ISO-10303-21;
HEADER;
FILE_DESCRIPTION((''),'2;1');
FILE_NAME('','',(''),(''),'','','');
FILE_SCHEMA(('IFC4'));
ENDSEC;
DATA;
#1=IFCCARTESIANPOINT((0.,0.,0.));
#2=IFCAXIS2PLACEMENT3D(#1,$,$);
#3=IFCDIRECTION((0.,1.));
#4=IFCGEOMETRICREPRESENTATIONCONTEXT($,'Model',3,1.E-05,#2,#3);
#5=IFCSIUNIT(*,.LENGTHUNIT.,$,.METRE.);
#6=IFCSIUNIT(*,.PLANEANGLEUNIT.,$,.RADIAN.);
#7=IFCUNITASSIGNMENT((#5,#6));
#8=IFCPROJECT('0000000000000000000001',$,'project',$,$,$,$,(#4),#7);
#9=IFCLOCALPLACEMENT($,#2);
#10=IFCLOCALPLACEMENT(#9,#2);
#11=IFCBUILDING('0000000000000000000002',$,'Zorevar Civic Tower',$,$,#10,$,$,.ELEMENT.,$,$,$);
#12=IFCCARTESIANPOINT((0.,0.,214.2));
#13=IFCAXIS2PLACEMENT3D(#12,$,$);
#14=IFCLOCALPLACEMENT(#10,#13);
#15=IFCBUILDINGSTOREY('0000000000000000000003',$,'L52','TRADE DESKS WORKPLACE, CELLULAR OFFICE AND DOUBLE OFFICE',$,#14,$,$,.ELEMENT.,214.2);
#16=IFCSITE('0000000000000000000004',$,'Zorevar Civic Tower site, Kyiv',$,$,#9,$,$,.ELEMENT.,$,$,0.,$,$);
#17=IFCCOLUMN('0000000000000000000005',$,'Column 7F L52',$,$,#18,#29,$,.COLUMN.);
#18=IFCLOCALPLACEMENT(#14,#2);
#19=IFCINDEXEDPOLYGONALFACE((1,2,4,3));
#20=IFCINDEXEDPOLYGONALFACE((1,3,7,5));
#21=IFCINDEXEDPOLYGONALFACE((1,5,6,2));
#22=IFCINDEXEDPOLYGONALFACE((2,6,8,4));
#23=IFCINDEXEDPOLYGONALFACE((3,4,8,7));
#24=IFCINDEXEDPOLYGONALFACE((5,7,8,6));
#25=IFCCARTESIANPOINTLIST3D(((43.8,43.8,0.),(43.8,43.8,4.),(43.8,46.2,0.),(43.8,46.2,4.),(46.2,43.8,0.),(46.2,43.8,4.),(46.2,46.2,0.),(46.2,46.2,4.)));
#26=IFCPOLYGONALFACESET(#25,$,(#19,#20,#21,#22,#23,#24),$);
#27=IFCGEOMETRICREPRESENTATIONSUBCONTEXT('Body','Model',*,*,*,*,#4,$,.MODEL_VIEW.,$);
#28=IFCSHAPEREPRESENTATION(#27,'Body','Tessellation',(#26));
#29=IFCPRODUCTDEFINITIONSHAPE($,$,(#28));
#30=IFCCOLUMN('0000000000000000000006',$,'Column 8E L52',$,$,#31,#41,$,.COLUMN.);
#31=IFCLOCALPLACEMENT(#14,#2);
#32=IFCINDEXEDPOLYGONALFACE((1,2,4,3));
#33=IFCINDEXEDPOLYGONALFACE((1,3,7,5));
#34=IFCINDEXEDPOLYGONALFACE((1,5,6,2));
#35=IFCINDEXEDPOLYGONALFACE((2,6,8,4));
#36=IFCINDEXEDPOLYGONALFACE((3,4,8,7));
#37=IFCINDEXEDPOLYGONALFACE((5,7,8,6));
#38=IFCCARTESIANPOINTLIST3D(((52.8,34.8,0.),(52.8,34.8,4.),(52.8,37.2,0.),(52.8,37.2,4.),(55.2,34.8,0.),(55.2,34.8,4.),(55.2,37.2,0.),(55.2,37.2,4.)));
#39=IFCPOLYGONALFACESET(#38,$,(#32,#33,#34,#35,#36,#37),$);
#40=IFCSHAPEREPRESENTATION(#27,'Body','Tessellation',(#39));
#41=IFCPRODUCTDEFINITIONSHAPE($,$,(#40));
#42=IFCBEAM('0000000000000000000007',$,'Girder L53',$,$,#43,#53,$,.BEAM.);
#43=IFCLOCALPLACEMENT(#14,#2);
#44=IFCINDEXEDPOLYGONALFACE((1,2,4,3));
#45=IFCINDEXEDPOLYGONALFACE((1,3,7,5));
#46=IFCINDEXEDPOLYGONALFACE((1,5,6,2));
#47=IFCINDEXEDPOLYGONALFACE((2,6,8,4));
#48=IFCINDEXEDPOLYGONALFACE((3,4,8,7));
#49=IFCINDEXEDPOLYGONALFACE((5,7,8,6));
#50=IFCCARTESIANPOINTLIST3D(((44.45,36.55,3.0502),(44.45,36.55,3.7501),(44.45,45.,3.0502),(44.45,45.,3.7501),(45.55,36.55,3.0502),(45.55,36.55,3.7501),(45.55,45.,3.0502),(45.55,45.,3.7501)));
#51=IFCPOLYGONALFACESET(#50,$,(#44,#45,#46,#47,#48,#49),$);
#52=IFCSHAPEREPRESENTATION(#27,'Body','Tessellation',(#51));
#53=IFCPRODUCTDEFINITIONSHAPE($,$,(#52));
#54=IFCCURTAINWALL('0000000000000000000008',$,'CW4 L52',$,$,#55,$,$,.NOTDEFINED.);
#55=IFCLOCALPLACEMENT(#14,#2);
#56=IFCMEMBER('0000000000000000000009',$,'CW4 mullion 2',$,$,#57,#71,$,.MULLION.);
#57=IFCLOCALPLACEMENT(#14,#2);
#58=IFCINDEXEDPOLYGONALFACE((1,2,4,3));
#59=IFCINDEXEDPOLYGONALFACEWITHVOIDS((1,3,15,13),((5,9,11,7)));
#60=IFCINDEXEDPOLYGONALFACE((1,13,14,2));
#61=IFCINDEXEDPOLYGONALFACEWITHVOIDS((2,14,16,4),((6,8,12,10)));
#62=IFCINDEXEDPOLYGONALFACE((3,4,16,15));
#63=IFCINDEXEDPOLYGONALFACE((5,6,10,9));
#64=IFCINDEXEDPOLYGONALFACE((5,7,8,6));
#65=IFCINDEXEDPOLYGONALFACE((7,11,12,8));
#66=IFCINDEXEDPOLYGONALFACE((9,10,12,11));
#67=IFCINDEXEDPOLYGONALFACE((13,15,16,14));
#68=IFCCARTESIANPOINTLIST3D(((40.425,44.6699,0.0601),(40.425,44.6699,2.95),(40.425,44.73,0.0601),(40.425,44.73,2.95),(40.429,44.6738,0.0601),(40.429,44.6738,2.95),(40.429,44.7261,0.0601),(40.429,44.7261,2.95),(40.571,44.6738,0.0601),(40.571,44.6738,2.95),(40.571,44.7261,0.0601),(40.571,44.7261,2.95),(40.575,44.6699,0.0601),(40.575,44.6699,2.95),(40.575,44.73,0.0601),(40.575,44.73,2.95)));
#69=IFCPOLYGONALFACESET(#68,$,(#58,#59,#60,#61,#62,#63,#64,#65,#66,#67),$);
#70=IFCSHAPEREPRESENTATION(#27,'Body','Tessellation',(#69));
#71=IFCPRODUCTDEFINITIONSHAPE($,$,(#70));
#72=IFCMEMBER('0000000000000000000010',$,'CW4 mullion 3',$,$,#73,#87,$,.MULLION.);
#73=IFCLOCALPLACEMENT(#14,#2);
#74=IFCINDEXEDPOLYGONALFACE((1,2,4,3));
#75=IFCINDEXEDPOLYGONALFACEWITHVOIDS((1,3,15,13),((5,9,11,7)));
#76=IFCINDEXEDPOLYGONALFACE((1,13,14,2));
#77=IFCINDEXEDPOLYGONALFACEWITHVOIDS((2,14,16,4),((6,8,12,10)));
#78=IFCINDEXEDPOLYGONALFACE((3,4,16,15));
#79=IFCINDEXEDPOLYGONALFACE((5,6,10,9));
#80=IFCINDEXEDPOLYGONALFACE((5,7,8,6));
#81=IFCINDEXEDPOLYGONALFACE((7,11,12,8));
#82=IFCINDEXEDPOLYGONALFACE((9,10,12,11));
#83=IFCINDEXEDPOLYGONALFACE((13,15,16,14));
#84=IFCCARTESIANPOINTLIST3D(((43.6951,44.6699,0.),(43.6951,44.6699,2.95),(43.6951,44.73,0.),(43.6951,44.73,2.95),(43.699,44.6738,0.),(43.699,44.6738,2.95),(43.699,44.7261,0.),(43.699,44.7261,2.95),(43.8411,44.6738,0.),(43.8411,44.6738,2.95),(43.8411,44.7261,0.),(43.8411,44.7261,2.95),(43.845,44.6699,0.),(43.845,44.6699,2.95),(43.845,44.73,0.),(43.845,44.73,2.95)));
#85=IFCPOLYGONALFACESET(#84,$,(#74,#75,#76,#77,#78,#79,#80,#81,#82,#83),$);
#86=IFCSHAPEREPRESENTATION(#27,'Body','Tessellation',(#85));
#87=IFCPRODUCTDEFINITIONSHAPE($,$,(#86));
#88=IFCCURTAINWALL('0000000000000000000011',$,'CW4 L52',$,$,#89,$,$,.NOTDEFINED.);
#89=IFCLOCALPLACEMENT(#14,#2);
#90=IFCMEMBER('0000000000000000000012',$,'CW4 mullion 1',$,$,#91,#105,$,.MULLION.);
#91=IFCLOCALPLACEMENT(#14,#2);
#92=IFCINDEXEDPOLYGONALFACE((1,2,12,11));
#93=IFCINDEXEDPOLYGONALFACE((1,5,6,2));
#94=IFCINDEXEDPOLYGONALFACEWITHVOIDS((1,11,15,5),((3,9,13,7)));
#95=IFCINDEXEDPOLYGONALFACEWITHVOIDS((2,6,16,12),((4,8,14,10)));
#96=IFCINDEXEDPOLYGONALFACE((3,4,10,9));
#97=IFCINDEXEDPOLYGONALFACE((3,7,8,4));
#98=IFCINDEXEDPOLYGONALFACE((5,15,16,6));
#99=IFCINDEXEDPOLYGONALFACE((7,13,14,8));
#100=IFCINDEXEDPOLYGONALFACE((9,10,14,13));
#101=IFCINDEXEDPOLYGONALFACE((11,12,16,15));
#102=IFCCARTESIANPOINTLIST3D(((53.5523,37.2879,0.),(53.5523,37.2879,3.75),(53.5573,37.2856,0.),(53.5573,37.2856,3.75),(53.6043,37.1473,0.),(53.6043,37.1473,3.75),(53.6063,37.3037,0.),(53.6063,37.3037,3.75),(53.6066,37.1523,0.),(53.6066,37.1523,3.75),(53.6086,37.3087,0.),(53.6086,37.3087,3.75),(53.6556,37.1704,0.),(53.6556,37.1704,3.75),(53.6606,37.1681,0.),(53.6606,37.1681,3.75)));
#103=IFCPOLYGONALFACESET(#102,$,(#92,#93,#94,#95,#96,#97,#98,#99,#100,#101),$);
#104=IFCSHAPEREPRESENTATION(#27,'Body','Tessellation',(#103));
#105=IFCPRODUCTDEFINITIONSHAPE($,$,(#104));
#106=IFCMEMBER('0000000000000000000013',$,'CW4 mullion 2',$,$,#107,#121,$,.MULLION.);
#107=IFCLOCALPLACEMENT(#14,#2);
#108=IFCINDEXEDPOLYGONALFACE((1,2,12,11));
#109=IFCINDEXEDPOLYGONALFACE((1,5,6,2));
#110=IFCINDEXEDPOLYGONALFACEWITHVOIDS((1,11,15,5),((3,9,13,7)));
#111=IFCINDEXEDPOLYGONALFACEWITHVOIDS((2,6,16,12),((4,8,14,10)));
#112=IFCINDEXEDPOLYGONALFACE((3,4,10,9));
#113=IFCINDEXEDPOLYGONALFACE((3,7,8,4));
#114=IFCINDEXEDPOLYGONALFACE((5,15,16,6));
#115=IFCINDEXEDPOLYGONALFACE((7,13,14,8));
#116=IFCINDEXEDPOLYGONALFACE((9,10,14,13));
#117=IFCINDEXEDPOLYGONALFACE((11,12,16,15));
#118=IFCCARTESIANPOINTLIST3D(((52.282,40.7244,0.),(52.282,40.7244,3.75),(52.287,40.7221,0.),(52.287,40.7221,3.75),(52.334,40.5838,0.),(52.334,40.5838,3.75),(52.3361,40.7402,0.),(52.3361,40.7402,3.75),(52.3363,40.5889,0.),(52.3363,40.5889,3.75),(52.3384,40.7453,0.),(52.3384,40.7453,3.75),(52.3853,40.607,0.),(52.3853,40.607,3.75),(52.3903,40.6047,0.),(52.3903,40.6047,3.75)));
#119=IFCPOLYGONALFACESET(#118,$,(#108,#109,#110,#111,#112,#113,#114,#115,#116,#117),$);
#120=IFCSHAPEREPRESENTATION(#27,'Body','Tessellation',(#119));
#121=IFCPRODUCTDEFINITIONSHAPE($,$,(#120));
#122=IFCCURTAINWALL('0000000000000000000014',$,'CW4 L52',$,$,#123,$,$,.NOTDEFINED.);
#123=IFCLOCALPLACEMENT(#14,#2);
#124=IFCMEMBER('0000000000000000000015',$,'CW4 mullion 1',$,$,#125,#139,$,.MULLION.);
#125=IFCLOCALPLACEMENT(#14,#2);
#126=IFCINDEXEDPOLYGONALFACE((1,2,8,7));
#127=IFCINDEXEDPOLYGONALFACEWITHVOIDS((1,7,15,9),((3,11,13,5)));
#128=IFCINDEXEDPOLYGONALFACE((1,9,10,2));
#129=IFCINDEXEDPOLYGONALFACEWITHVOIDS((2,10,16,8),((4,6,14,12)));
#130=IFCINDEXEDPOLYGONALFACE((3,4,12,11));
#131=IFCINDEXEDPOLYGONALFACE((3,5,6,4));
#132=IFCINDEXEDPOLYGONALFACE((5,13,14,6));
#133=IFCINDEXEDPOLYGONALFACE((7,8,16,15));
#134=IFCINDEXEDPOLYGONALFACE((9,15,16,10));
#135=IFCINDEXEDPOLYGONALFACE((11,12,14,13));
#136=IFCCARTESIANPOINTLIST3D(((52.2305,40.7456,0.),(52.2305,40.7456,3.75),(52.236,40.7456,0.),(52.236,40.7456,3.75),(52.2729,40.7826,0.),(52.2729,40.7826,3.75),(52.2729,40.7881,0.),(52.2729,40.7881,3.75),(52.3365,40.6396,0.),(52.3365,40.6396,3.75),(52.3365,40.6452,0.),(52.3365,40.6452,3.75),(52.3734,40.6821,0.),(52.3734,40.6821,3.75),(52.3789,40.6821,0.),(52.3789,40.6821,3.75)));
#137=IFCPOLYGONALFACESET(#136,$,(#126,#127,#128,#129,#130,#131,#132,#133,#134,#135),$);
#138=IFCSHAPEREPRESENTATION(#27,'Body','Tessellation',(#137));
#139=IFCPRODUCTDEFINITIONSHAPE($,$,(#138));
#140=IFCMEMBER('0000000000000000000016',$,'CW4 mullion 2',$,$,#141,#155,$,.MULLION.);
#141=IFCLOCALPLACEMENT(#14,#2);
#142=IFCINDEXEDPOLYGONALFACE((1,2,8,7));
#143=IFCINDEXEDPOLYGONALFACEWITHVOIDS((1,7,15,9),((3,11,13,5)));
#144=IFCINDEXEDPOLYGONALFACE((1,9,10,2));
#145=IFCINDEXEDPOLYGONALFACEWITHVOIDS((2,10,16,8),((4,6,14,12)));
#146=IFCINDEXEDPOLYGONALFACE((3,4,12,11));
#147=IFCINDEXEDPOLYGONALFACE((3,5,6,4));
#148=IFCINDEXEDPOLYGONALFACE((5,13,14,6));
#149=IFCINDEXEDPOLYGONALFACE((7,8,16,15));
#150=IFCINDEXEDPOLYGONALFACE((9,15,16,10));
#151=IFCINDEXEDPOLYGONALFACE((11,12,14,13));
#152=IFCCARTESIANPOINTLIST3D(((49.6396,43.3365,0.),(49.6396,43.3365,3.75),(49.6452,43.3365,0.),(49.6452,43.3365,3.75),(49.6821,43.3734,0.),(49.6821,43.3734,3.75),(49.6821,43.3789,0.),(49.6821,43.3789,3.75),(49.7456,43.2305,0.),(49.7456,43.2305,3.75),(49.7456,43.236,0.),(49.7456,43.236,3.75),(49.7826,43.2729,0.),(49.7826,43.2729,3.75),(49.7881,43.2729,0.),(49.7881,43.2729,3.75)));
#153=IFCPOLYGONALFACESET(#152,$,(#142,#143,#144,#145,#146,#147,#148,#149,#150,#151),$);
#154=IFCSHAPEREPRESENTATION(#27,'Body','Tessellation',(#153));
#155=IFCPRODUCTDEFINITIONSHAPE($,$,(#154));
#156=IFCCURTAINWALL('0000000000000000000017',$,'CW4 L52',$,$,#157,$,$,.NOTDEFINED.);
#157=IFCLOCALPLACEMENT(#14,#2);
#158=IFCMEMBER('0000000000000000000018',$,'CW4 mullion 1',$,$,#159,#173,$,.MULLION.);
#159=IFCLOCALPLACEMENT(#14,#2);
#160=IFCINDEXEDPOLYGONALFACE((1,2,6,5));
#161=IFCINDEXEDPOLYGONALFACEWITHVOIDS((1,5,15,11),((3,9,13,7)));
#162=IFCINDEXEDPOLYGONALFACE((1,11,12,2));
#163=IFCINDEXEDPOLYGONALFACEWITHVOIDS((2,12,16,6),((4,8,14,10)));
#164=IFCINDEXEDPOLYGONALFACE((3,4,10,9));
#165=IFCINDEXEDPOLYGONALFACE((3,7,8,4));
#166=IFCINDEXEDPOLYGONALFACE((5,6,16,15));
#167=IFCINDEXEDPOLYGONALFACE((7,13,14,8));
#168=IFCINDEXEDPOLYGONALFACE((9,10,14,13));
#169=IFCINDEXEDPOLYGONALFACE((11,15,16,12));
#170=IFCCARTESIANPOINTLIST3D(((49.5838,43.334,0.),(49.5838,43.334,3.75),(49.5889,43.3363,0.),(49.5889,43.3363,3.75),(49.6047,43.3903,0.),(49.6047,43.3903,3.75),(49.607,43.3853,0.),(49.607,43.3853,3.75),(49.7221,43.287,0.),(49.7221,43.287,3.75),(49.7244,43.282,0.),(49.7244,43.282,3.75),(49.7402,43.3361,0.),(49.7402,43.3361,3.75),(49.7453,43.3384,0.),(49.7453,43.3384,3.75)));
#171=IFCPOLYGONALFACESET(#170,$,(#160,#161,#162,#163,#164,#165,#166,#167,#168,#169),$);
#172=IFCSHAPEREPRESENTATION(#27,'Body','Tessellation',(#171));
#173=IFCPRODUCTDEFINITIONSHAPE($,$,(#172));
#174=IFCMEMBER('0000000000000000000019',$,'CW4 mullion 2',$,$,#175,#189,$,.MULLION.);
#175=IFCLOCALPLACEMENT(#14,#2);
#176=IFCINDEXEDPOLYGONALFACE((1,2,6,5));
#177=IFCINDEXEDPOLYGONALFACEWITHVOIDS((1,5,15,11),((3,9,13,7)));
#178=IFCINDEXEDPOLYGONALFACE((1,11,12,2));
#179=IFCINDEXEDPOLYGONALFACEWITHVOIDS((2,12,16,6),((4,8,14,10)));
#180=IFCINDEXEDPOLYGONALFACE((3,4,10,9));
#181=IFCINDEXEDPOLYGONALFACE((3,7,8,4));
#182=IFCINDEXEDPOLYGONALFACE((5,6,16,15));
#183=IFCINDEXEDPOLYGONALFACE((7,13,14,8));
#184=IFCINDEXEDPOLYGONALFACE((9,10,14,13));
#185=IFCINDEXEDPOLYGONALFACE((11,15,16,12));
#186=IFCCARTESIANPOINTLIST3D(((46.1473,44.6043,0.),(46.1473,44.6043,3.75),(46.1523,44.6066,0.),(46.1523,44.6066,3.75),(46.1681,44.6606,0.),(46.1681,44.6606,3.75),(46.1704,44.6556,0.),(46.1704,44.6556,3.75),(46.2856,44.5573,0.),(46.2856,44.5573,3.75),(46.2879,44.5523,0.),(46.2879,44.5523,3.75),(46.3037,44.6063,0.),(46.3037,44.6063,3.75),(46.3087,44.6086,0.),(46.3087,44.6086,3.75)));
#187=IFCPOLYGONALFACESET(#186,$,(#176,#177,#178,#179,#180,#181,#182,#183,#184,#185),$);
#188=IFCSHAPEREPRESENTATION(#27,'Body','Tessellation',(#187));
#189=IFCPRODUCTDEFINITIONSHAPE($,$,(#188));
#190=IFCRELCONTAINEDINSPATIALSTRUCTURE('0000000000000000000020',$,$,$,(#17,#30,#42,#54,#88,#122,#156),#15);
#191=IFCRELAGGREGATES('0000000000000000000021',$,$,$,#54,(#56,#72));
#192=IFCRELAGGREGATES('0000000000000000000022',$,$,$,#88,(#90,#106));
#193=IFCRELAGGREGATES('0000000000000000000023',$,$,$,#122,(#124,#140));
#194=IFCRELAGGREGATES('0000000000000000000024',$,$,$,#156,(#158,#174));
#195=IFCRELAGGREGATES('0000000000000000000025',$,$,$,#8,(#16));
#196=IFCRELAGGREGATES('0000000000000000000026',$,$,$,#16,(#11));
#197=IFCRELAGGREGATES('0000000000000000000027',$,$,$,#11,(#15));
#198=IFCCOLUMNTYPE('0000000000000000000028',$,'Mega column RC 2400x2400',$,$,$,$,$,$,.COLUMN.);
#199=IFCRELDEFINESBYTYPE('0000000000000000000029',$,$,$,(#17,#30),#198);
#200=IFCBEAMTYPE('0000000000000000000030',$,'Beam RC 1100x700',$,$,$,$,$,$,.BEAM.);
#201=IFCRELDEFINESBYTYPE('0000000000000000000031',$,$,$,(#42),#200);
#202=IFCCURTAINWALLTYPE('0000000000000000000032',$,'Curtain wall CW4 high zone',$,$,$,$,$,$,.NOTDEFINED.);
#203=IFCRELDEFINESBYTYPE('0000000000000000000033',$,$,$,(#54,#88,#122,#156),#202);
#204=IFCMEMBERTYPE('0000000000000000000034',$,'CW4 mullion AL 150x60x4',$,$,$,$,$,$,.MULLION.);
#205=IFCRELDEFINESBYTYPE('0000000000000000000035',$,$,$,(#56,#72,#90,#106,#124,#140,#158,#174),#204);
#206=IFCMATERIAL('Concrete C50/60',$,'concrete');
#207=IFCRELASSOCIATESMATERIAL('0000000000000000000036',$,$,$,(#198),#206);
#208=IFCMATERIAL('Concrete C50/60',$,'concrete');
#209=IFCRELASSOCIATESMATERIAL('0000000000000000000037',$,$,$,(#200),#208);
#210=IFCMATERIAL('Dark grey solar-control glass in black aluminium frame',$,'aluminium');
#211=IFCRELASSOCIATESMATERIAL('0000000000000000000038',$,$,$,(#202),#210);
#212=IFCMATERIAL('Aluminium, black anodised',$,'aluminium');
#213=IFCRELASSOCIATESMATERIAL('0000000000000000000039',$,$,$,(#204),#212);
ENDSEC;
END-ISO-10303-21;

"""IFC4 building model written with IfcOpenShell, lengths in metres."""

from ifc_helpers import new_model, si_unit, direction, frame, origin, origin_2d, place, context, subcontext, project, spatial, rectangle, hollow_rectangle, extrude, material, material_profile, profile_set, type_object, element, aggregate, save


model = new_model("IFC4")

# Units and contexts
model_context = context("Model", 3, precision=1e-05, world=origin(), true_north=direction((0.0, 1.0)))
body_context = subcontext(model_context, "Body", "Model", "MODEL_VIEW")
ifc_project = project(units=[si_unit("LENGTHUNIT", "METRE"), si_unit("PLANEANGLEUNIT", "RADIAN")], contexts=[model_context])

# Site, building, storey
site_placement = place(None, origin())
site = spatial("IfcSite", under=ifc_project, at=site_placement, Name="Zorevar Civic Tower site, Kyiv", CompositionType="ELEMENT", RefElevation=0.0)
building_placement = place(site_placement, origin())
building = spatial("IfcBuilding", under=site, at=building_placement, Name="Zorevar Civic Tower", CompositionType="ELEMENT")
storey_placement = place(building_placement, frame((0.0, 0.0, 214.2)))
storey = spatial("IfcBuildingStorey", under=building, at=storey_placement, Name="L52", Description="TRADE DESKS WORKPLACE, CELLULAR OFFICE AND DOUBLE OFFICE", CompositionType="ELEMENT", Elevation=214.2)

# Columns
ifc_material_1 = material(Name="Concrete C50/60", Category="concrete")
ifc_material_profile_1 = material_profile(ifc_material_1, rectangle(XDim=2.3999, YDim=2.3999, at=origin_2d()), Name="RC 2400x2400")
ifc_profile_set_1 = profile_set([ifc_material_profile_1], Name="Concrete C50/60")
column_type = type_object("IfcColumnType", Name="Mega column RC 2400x2400", PredefinedType="COLUMN", material=ifc_profile_set_1)
for number, where, z_axis, x_axis, name in (
    (1, (45.0, 45.0, 0.0), (0.0, 0.0, 1.0), (1.0, 0.0, 0.0), "Column 7F L52"),
    (2, (54.0, 36.0, 0.0), (0.0, 0.0, 1.0), (1.0, 0.0, 0.0), "Column 8E L52"),
):
    element("IfcColumn", number, at=place(storey_placement, frame(where, z_axis=z_axis, x_axis=x_axis)), inside=storey, type_object=column_type, Name=name, PredefinedType="COLUMN", context=body_context, shape_type="SweptSolid", body=[
        extrude(rectangle(XDim=2.3999, YDim=2.3999, at=origin_2d()), origin(), (0.0, 0.0, 1.0), 4.0),
    ])

# Beam
ifc_material_2 = material(Name="Concrete C50/60", Category="concrete")
ifc_material_profile_2 = material_profile(ifc_material_2, rectangle(XDim=1.1001, YDim=0.7, at=origin_2d()), Name="RC 1100x700")
ifc_profile_set_2 = profile_set([ifc_material_profile_2], Name="Concrete C50/60")
beam_type_1 = type_object("IfcBeamType", Name="Beam RC 1100x700", PredefinedType="BEAM", material=ifc_profile_set_2)
beam_1_placement = place(storey_placement, frame((45.0, 36.55, 3.4001), z_axis=(0.0, 1.0, 0.0), x_axis=(-1.0, 0.0, 0.0)))
element("IfcBeam", 3, at=beam_1_placement, inside=storey, type_object=beam_type_1, Name="Girder L53", PredefinedType="BEAM", context=body_context, shape_type="SweptSolid", body=[
    extrude(rectangle(XDim=1.1001, YDim=0.7, at=origin_2d()), origin(), (0.0, 0.0, 1.0), 8.45),
])

# Curtain walls, members
ifc_material_3 = material(Name="Dark grey solar-control glass in black aluminium frame", Category="aluminium")
curtain_wall_type = type_object("IfcCurtainWallType", Name="Curtain wall CW4 high zone", PredefinedType="NOTDEFINED", material=ifc_material_3)
curtain_wall_1_placement = place(storey_placement, origin())
curtain_wall_1 = element("IfcCurtainWall", 4, at=curtain_wall_1_placement, inside=storey, type_object=curtain_wall_type, Name="CW4 L52", PredefinedType="NOTDEFINED")
ifc_material_4 = material(Name="Aluminium, black anodised", Category="aluminium")
ifc_material_profile_3 = material_profile(ifc_material_4, hollow_rectangle(XDim=0.0601, YDim=0.1499, WallThickness=0.0039, at=origin_2d()), Name="AL 150x60x4")
ifc_profile_set_3 = profile_set([ifc_material_profile_3], Name="Aluminium, black anodised")
member_type_1 = type_object("IfcMemberType", Name="CW4 mullion AL 150x60x4", PredefinedType="MULLION", material=ifc_profile_set_3)
member_1_placement = place(storey_placement, frame((40.5, 44.7, 0.0601), z_axis=(0.0, 0.0, 1.0), x_axis=(0.0, 1.0, 0.0)))
member_1 = element("IfcMember", 5, at=member_1_placement, type_object=member_type_1, Name="CW4 mullion 2", PredefinedType="MULLION", context=body_context, shape_type="SweptSolid", body=[
    extrude(hollow_rectangle(XDim=0.0601, YDim=0.1499, WallThickness=0.0039, at=origin_2d()), origin(), (0.0, 0.0, 1.0), 2.8899),
])
member_2_placement = place(storey_placement, frame((43.77, 44.7, 0.0), z_axis=(0.0, 0.0, 1.0), x_axis=(0.0, 1.0, 0.0)))
member_2 = element("IfcMember", 6, at=member_2_placement, type_object=member_type_1, Name="CW4 mullion 3", PredefinedType="MULLION", context=body_context, shape_type="SweptSolid", body=[
    extrude(hollow_rectangle(XDim=0.0601, YDim=0.1499, WallThickness=0.0039, at=origin_2d()), origin(), (0.0, 0.0, 1.0), 2.95),
])
curtain_wall_2_placement = place(storey_placement, origin())
curtain_wall_2 = element("IfcCurtainWall", 7, at=curtain_wall_2_placement, inside=storey, type_object=curtain_wall_type, Name="CW4 L52", PredefinedType="NOTDEFINED")
member_3_placement = place(storey_placement, frame((53.6064, 37.228, 0.0), z_axis=(0.0, 0.0, 1.0), x_axis=(-0.937975, -0.346704, 0.0)))
member_3 = element("IfcMember", 8, at=member_3_placement, type_object=member_type_1, Name="CW4 mullion 1", PredefinedType="MULLION", context=body_context, shape_type="SweptSolid", body=[
    extrude(hollow_rectangle(XDim=0.0601, YDim=0.1499, WallThickness=0.0039, at=origin_2d()), origin(), (0.0, 0.0, 1.0), 3.75),
])
member_4_placement = place(storey_placement, frame((52.3362, 40.6646, 0.0), z_axis=(0.0, 0.0, 1.0), x_axis=(-0.937975, -0.346704, 0.0)))
member_4 = element("IfcMember", 9, at=member_4_placement, type_object=member_type_1, Name="CW4 mullion 2", PredefinedType="MULLION", context=body_context, shape_type="SweptSolid", body=[
    extrude(hollow_rectangle(XDim=0.0601, YDim=0.1499, WallThickness=0.0039, at=origin_2d()), origin(), (0.0, 0.0, 1.0), 3.75),
])
curtain_wall_3_placement = place(storey_placement, origin())
curtain_wall_3 = element("IfcCurtainWall", 10, at=curtain_wall_3_placement, inside=storey, type_object=curtain_wall_type, Name="CW4 L52", PredefinedType="NOTDEFINED")
member_5_placement = place(storey_placement, frame((52.3047, 40.7139, 0.0), z_axis=(0.0, 0.0, 1.0), x_axis=(-0.707107, -0.707107, 0.0)))
member_5 = element("IfcMember", 11, at=member_5_placement, type_object=member_type_1, Name="CW4 mullion 1", PredefinedType="MULLION", context=body_context, shape_type="SweptSolid", body=[
    extrude(hollow_rectangle(XDim=0.0601, YDim=0.1499, WallThickness=0.0039, at=origin_2d()), origin(), (0.0, 0.0, 1.0), 3.75),
])
member_6_placement = place(storey_placement, frame((49.7139, 43.3047, 0.0), z_axis=(0.0, 0.0, 1.0), x_axis=(-0.707107, -0.707107, 0.0)))
member_6 = element("IfcMember", 12, at=member_6_placement, type_object=member_type_1, Name="CW4 mullion 2", PredefinedType="MULLION", context=body_context, shape_type="SweptSolid", body=[
    extrude(hollow_rectangle(XDim=0.0601, YDim=0.1499, WallThickness=0.0039, at=origin_2d()), origin(), (0.0, 0.0, 1.0), 3.75),
])
curtain_wall_4_placement = place(storey_placement, origin())
curtain_wall_4 = element("IfcCurtainWall", 13, at=curtain_wall_4_placement, inside=storey, type_object=curtain_wall_type, Name="CW4 L52", PredefinedType="NOTDEFINED")
member_7_placement = place(storey_placement, frame((49.6646, 43.3362, 0.0), z_axis=(0.0, 0.0, 1.0), x_axis=(-0.346704, -0.937975, 0.0)))
member_7 = element("IfcMember", 14, at=member_7_placement, type_object=member_type_1, Name="CW4 mullion 1", PredefinedType="MULLION", context=body_context, shape_type="SweptSolid", body=[
    extrude(hollow_rectangle(XDim=0.0601, YDim=0.1499, WallThickness=0.0039, at=origin_2d()), origin(), (0.0, 0.0, 1.0), 3.75),
])
member_8_placement = place(storey_placement, frame((46.228, 44.6064, 0.0), z_axis=(0.0, 0.0, 1.0), x_axis=(-0.346704, -0.937975, 0.0)))
member_8 = element("IfcMember", 15, at=member_8_placement, type_object=member_type_1, Name="CW4 mullion 2", PredefinedType="MULLION", context=body_context, shape_type="SweptSolid", body=[
    extrude(hollow_rectangle(XDim=0.0601, YDim=0.1499, WallThickness=0.0039, at=origin_2d()), origin(), (0.0, 0.0, 1.0), 3.75),
])

aggregate(curtain_wall_1, [member_1, member_2])
aggregate(curtain_wall_2, [member_3, member_4])
aggregate(curtain_wall_3, [member_5, member_6])
aggregate(curtain_wall_4, [member_7, member_8])

save(model, "model.ifc")
